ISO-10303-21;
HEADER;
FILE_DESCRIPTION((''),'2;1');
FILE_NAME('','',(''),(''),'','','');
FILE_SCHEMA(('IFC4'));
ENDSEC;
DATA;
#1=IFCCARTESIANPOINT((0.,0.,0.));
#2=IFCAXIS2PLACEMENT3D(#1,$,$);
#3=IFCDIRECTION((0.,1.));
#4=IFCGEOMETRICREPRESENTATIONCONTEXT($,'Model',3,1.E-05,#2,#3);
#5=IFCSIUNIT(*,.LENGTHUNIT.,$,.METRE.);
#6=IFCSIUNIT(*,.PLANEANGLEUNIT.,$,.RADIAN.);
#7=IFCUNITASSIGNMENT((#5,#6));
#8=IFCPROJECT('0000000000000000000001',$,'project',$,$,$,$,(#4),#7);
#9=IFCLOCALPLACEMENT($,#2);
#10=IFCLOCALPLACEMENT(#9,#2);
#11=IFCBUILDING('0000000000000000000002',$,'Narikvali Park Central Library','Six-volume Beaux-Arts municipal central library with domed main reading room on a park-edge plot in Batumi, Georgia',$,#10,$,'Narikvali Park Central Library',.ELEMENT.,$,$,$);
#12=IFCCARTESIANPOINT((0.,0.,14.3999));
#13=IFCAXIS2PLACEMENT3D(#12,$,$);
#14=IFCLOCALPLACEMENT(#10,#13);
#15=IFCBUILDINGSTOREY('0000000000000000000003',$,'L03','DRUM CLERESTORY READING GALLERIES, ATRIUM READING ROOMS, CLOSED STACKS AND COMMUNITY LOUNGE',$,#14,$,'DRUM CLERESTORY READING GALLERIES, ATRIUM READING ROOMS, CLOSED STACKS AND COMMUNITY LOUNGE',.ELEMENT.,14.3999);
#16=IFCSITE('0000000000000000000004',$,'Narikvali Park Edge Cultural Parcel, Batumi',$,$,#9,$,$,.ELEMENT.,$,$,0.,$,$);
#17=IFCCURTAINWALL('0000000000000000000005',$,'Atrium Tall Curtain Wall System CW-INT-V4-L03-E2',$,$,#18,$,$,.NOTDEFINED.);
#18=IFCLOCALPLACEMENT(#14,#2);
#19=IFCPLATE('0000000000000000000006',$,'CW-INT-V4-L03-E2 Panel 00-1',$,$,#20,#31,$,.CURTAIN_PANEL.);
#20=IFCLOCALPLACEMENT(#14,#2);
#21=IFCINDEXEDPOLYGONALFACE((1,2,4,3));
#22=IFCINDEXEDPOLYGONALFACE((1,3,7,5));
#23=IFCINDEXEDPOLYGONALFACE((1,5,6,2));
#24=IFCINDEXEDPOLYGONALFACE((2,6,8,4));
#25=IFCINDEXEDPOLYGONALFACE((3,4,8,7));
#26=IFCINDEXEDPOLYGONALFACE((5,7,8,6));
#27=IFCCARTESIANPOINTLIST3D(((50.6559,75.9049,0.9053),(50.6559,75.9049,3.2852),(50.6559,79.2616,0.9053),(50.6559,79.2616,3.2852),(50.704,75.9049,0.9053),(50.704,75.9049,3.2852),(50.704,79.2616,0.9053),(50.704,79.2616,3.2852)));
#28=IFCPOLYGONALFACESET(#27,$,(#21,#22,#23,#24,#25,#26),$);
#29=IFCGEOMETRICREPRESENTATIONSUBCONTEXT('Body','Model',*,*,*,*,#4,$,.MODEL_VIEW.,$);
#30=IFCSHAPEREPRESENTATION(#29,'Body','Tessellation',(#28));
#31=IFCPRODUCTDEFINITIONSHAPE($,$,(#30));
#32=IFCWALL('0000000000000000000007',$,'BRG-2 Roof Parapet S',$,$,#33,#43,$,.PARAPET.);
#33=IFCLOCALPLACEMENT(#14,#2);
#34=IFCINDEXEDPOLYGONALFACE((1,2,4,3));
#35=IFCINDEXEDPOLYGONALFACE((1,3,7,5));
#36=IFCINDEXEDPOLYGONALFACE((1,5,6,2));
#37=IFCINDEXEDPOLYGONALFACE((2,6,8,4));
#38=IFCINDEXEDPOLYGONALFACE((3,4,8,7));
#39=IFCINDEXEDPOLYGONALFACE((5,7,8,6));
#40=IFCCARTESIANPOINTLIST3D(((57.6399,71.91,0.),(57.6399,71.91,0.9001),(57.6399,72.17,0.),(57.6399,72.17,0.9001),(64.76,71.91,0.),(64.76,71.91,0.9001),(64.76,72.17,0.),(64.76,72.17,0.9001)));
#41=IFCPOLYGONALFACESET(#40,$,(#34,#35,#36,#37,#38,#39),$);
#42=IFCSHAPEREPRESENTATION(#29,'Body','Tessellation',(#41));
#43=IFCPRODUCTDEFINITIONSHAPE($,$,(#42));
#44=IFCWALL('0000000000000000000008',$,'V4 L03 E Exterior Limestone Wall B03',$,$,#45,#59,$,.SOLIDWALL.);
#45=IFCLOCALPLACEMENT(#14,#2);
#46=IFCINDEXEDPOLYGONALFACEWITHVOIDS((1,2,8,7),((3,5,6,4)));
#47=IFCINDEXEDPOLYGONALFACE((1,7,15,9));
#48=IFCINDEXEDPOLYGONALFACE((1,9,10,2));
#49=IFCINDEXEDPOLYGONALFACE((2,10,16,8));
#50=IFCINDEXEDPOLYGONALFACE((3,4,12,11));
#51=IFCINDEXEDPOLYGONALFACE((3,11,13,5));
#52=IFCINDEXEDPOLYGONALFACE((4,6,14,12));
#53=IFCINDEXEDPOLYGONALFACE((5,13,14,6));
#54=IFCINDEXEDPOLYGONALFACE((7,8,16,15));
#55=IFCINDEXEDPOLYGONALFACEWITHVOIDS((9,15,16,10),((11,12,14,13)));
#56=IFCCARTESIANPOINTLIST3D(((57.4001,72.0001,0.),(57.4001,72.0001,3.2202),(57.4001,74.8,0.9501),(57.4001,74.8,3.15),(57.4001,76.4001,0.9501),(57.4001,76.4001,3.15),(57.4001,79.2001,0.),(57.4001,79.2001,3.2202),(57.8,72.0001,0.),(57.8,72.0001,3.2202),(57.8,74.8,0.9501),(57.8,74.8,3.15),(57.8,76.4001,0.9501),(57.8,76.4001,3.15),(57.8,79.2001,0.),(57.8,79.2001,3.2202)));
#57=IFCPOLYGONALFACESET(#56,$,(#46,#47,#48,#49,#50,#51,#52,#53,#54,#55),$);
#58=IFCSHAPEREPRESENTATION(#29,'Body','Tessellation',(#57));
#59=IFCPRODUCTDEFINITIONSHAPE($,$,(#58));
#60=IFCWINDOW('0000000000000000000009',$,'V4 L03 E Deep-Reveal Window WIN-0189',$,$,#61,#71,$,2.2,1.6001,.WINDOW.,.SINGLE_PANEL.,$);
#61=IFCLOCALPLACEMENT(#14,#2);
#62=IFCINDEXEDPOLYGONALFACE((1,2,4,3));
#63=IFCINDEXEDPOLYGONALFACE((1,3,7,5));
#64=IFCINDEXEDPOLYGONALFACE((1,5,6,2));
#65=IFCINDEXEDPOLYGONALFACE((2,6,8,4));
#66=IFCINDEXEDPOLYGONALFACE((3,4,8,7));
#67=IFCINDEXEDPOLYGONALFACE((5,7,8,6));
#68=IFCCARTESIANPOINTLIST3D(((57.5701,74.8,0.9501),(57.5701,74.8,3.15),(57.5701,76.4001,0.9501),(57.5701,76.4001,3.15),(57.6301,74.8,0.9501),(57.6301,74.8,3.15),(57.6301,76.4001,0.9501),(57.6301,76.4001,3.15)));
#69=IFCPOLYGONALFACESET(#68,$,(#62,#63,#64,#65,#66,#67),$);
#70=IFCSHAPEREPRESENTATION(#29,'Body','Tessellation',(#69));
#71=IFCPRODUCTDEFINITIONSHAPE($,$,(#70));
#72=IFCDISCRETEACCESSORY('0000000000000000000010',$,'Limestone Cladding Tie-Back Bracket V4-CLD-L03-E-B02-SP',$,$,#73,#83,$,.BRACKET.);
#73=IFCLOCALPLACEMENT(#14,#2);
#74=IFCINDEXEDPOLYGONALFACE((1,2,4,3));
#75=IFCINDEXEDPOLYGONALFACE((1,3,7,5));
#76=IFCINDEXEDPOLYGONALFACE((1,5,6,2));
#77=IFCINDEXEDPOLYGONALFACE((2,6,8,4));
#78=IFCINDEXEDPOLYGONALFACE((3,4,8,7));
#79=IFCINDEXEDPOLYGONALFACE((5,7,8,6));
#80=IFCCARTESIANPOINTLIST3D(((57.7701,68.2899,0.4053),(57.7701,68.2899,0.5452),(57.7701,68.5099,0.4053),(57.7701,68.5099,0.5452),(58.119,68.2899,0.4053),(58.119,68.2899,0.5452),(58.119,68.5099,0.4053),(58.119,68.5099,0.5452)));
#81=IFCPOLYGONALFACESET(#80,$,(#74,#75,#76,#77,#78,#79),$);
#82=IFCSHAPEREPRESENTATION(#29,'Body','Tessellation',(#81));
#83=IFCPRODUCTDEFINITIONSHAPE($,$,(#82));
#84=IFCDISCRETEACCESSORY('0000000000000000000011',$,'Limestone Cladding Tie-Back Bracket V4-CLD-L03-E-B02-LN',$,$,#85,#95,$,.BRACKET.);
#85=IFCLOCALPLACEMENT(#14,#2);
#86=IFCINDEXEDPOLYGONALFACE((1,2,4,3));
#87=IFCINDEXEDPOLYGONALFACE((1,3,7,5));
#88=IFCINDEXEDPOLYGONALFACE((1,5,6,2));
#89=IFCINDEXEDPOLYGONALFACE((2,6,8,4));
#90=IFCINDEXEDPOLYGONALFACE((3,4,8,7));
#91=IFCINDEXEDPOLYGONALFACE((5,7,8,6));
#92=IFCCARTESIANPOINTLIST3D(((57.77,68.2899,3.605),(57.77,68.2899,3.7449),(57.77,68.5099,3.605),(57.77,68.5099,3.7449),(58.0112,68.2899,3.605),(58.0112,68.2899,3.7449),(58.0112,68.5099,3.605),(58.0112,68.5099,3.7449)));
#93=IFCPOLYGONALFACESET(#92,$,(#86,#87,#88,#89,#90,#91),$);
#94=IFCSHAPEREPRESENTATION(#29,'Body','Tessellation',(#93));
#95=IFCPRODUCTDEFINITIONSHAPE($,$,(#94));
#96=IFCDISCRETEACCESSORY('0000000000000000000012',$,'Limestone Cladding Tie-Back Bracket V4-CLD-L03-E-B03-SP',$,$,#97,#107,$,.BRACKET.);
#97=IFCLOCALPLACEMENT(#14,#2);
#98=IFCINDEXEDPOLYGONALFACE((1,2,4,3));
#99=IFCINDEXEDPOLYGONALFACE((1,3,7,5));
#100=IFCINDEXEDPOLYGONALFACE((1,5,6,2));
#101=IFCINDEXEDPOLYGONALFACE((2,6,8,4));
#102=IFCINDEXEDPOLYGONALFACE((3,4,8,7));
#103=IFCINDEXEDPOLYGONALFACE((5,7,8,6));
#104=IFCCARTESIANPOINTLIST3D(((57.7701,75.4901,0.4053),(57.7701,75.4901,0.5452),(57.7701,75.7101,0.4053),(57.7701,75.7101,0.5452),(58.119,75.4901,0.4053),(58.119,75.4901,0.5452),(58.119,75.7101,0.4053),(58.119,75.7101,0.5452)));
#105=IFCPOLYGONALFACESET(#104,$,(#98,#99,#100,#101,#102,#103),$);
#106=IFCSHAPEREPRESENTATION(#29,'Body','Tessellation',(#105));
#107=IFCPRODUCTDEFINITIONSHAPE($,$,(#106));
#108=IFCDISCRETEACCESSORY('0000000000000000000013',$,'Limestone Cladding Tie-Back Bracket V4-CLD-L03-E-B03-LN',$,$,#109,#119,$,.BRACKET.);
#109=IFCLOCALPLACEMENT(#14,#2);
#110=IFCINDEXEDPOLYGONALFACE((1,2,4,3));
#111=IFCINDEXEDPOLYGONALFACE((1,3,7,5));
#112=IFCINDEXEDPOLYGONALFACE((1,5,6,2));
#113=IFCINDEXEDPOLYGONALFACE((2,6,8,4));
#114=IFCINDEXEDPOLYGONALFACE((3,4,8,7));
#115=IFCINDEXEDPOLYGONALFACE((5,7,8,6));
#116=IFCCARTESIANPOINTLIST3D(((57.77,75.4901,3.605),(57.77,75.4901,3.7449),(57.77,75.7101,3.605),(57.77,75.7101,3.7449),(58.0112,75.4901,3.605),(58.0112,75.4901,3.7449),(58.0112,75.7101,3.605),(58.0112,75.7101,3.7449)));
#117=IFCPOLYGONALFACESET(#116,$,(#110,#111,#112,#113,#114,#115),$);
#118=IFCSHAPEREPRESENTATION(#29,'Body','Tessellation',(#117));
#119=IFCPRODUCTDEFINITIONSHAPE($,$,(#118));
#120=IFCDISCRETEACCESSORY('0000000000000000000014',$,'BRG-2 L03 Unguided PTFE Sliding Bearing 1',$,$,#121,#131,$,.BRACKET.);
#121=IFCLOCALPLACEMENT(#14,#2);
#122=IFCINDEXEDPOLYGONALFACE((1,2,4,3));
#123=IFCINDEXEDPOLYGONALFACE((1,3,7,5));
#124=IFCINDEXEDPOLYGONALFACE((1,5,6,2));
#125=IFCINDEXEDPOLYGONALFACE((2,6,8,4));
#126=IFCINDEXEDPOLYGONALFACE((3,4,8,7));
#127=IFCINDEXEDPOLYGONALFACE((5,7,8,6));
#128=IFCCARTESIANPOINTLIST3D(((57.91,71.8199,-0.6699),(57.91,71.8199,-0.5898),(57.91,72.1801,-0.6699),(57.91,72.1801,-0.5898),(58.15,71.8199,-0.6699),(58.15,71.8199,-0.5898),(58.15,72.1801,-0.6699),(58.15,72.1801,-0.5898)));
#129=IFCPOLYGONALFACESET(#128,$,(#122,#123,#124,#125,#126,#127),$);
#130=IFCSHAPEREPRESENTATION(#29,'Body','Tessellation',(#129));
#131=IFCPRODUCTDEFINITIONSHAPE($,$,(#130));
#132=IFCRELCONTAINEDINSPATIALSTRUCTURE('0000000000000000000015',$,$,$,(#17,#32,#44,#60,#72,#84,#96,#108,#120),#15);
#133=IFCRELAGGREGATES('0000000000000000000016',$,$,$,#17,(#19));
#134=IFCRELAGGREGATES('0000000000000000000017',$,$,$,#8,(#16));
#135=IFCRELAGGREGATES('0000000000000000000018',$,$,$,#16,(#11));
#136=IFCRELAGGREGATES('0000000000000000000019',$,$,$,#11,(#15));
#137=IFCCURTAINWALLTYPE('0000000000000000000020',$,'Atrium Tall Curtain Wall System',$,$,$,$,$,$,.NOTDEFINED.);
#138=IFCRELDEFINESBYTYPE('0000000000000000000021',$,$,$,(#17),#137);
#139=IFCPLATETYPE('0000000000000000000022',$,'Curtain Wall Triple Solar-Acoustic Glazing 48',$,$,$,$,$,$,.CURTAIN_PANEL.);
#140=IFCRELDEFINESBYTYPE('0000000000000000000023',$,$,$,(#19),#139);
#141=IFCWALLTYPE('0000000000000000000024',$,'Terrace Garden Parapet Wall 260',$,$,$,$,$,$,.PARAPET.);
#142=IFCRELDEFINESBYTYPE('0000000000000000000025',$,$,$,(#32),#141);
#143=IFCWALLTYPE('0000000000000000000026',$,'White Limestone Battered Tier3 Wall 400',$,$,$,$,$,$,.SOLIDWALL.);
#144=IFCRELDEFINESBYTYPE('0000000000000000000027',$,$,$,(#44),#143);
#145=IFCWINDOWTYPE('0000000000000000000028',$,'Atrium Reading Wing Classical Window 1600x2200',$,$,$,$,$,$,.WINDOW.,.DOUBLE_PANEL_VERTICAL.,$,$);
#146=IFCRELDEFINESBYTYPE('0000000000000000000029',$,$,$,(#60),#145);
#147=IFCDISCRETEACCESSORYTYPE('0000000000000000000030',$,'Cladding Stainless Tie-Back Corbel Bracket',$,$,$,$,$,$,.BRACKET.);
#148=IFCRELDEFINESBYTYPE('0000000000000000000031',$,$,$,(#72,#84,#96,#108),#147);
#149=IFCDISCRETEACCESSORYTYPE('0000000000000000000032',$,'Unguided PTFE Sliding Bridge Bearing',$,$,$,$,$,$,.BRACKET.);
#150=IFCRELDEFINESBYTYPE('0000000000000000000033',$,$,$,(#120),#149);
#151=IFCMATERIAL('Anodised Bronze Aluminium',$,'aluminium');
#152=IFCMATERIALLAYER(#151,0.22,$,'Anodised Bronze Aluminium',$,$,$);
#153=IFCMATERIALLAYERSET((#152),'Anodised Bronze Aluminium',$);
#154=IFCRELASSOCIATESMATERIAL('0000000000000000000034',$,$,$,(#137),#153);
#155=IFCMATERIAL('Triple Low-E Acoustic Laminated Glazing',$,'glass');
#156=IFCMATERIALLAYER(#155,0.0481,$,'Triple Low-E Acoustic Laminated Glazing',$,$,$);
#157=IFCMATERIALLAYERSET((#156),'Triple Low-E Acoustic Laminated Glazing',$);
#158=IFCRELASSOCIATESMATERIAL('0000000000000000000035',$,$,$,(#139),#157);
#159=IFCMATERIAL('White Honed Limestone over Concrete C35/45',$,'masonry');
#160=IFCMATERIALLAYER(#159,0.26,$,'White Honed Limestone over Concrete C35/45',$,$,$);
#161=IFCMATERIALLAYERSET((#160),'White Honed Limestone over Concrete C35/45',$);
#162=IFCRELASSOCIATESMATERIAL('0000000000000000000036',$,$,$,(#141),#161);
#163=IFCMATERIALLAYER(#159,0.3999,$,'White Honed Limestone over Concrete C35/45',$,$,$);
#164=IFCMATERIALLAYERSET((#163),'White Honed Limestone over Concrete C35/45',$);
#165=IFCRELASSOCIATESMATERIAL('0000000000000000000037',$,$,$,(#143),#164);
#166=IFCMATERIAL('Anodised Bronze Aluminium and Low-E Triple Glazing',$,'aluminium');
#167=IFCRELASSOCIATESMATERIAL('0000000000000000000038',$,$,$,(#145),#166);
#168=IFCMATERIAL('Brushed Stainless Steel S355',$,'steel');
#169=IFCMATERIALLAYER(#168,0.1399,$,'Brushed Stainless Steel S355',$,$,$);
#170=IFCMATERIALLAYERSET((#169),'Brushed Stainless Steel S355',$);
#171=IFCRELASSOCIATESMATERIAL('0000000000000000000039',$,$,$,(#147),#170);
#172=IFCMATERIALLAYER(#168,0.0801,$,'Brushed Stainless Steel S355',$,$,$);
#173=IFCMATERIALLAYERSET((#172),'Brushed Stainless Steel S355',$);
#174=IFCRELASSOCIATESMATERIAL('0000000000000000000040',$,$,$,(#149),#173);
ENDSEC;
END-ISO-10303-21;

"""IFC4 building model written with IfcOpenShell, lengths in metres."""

from ifc_helpers import new_model, si_unit, direction, frame, frame_2d, origin, origin_2d, place, context, subcontext, project, spatial, rectangle, extrude, material, layer, layer_set, type_object, element, fill, aggregate, save


model = new_model("IFC4")

# Units and contexts
model_context = context("Model", 3, precision=1e-05, world=origin(), true_north=direction((0.0, 1.0)))
body_context = subcontext(model_context, "Body", "Model", "MODEL_VIEW")
ifc_project = project(units=[si_unit("LENGTHUNIT", "METRE"), si_unit("PLANEANGLEUNIT", "RADIAN")], contexts=[model_context])

# Site, building, storey
site_placement = place(None, origin())
site = spatial("IfcSite", under=ifc_project, at=site_placement, Name="Narikvali Park Edge Cultural Parcel, Batumi", CompositionType="ELEMENT", RefElevation=0.0)
building_placement = place(site_placement, origin())
building = spatial("IfcBuilding", under=site, at=building_placement, Name="Narikvali Park Central Library", Description="Six-volume Beaux-Arts municipal central library with domed main reading room on a park-edge plot in Batumi, Georgia", LongName="Narikvali Park Central Library", CompositionType="ELEMENT")
storey_placement = place(building_placement, frame((0.0, 0.0, 14.3999)))
storey = spatial("IfcBuildingStorey", under=building, at=storey_placement, Name="L03", Description="DRUM CLERESTORY READING GALLERIES, ATRIUM READING ROOMS, CLOSED STACKS AND COMMUNITY LOUNGE", LongName="DRUM CLERESTORY READING GALLERIES, ATRIUM READING ROOMS, CLOSED STACKS AND COMMUNITY LOUNGE", CompositionType="ELEMENT", Elevation=14.3999)

# Curtain wall
ifc_material_1 = material(Name="Anodised Bronze Aluminium", Category="aluminium")
ifc_layer_1 = layer(ifc_material_1, 0.22, Name="Anodised Bronze Aluminium")
ifc_layer_set_1 = layer_set([ifc_layer_1], Name="Anodised Bronze Aluminium")
curtain_wall_type = type_object("IfcCurtainWallType", Name="Atrium Tall Curtain Wall System", PredefinedType="NOTDEFINED", material=ifc_layer_set_1)
curtain_wall_1_placement = place(storey_placement, origin())
curtain_wall_1 = element("IfcCurtainWall", 1, at=curtain_wall_1_placement, inside=storey, type_object=curtain_wall_type, Name="Atrium Tall Curtain Wall System CW-INT-V4-L03-E2", PredefinedType="NOTDEFINED")

# Plate
ifc_material_2 = material(Name="Triple Low-E Acoustic Laminated Glazing", Category="glass")
ifc_layer_2 = layer(ifc_material_2, 0.0481, Name="Triple Low-E Acoustic Laminated Glazing")
ifc_layer_set_2 = layer_set([ifc_layer_2], Name="Triple Low-E Acoustic Laminated Glazing")
plate_type_1 = type_object("IfcPlateType", Name="Curtain Wall Triple Solar-Acoustic Glazing 48", PredefinedType="CURTAIN_PANEL", material=ifc_layer_set_2)
plate_1_placement = place(storey_placement, frame((50.6799, 77.5833, 0.9053), z_axis=(0.0, 0.0, 1.0), x_axis=(0.0, 1.0, 0.0)))
plate_1 = element("IfcPlate", 2, at=plate_1_placement, type_object=plate_type_1, Name="CW-INT-V4-L03-E2 Panel 00-1", PredefinedType="CURTAIN_PANEL", context=body_context, shape_type="SweptSolid", body=[
    extrude(rectangle(XDim=3.3567, YDim=0.0481, at=origin_2d()), origin(), (0.0, 0.0, 1.0), 2.3799),
])
aggregate(curtain_wall_1, [plate_1])

# Wall
ifc_material_3 = material(Name="White Honed Limestone over Concrete C35/45", Category="masonry")
ifc_layer_3 = layer(ifc_material_3, 0.26, Name="White Honed Limestone over Concrete C35/45")
ifc_layer_set_3 = layer_set([ifc_layer_3], Name="White Honed Limestone over Concrete C35/45")
wall_type_1 = type_object("IfcWallType", Name="Terrace Garden Parapet Wall 260", PredefinedType="PARAPET", material=ifc_layer_set_3)
wall_1_placement = place(storey_placement, frame((57.6399, 72.04, 0.0), z_axis=(0.0, 0.0, 1.0), x_axis=(1.0, 0.0, 0.0)))
element("IfcWall", 3, at=wall_1_placement, inside=storey, type_object=wall_type_1, Name="BRG-2 Roof Parapet S", PredefinedType="PARAPET", context=body_context, shape_type="SweptSolid", body=[
    extrude(rectangle(XDim=7.1201, YDim=0.26, at=frame_2d((3.5601, 0.0))), origin(), (0.0, 0.0, 1.0), 0.9001),
])

# Wall, opening, window
ifc_layer_4 = layer(ifc_material_3, 0.3999, Name="White Honed Limestone over Concrete C35/45")
ifc_layer_set_4 = layer_set([ifc_layer_4], Name="White Honed Limestone over Concrete C35/45")
wall_type_2 = type_object("IfcWallType", Name="White Limestone Battered Tier3 Wall 400", PredefinedType="SOLIDWALL", material=ifc_layer_set_4)
wall_2_placement = place(storey_placement, frame((57.6001, 72.0, 0.0), z_axis=(0.0, 0.0, 1.0), x_axis=(0.0, 1.0, 0.0)))
wall_2 = element("IfcWall", 4, at=wall_2_placement, inside=storey, type_object=wall_type_2, Name="V4 L03 E Exterior Limestone Wall B03", PredefinedType="SOLIDWALL", context=body_context, shape_type="SweptSolid", body=[
    extrude(rectangle(XDim=7.2, YDim=0.3999, at=frame_2d((3.6001, 0.0))), origin(), (0.0, 0.0, 1.0), 3.2202),
])
opening_placement = place(wall_2_placement, frame((2.8, 0.0, 0.95)))
opening = element("IfcOpeningElement", 5, at=opening_placement, cuts=wall_2, PredefinedType="OPENING", context=body_context, shape_type="SweptSolid", body=[
    extrude(rectangle(XDim=1.6001, YDim=2.2, at=frame_2d((0.8, 1.1001))), frame((0.0, 0.2119, 0.0), z_axis=(0.0, -1.0, 0.0), x_axis=(1.0, 0.0, 0.0)), (0.0, 0.0, 1.0), 0.4238),
])
ifc_material_4 = material(Name="Anodised Bronze Aluminium and Low-E Triple Glazing", Category="aluminium")
window_type = type_object("IfcWindowType", Name="Atrium Reading Wing Classical Window 1600x2200", PartitioningType="DOUBLE_PANEL_VERTICAL", PredefinedType="WINDOW", material=ifc_material_4)
window_placement = place(opening_placement, origin())
window = element("IfcWindow", 6, at=window_placement, inside=storey, type_object=window_type, Name="V4 L03 E Deep-Reveal Window WIN-0189", OverallHeight=2.2, OverallWidth=1.6001, PartitioningType="SINGLE_PANEL", PredefinedType="WINDOW", context=body_context, shape_type="SweptSolid", body=[
    extrude(rectangle(XDim=1.6001, YDim=2.2, at=frame_2d((0.8, 1.1001))), frame((0.0, 0.03, 0.0), z_axis=(0.0, -1.0, 0.0), x_axis=(1.0, 0.0, 0.0)), (0.0, 0.0, 1.0), 0.0601),
])
fill(opening, window)

# Discrete accessories
ifc_material_5 = material(Name="Brushed Stainless Steel S355", Category="steel")
ifc_layer_5 = layer(ifc_material_5, 0.1399, Name="Brushed Stainless Steel S355")
ifc_layer_set_5 = layer_set([ifc_layer_5], Name="Brushed Stainless Steel S355")
discrete_accessory_type_1 = type_object("IfcDiscreteAccessoryType", Name="Cladding Stainless Tie-Back Corbel Bracket", PredefinedType="BRACKET", material=ifc_layer_set_5)
discrete_accessory_1_placement = place(storey_placement, frame((57.9446, 68.3999, 0.4053), z_axis=(0.0, 0.0, 1.0), x_axis=(1.0, 0.0, 0.0)))
element("IfcDiscreteAccessory", 7, at=discrete_accessory_1_placement, inside=storey, type_object=discrete_accessory_type_1, Name="Limestone Cladding Tie-Back Bracket V4-CLD-L03-E-B02-SP", PredefinedType="BRACKET", context=body_context, shape_type="SweptSolid", body=[
    extrude(rectangle(XDim=0.3489, YDim=0.22, at=origin_2d()), origin(), (0.0, 0.0, 1.0), 0.1399),
])
discrete_accessory_2_placement = place(storey_placement, frame((57.8906, 68.3999, 3.605), z_axis=(0.0, 0.0, 1.0), x_axis=(1.0, 0.0, 0.0)))
element("IfcDiscreteAccessory", 8, at=discrete_accessory_2_placement, inside=storey, type_object=discrete_accessory_type_1, Name="Limestone Cladding Tie-Back Bracket V4-CLD-L03-E-B02-LN", PredefinedType="BRACKET", context=body_context, shape_type="SweptSolid", body=[
    extrude(rectangle(XDim=0.2412, YDim=0.22, at=origin_2d()), origin(), (0.0, 0.0, 1.0), 0.1399),
])
discrete_accessory_3_placement = place(storey_placement, frame((57.9446, 75.6001, 0.4053), z_axis=(0.0, 0.0, 1.0), x_axis=(1.0, 0.0, 0.0)))
element("IfcDiscreteAccessory", 9, at=discrete_accessory_3_placement, inside=storey, type_object=discrete_accessory_type_1, Name="Limestone Cladding Tie-Back Bracket V4-CLD-L03-E-B03-SP", PredefinedType="BRACKET", context=body_context, shape_type="SweptSolid", body=[
    extrude(rectangle(XDim=0.3489, YDim=0.22, at=origin_2d()), origin(), (0.0, 0.0, 1.0), 0.1399),
])
discrete_accessory_4_placement = place(storey_placement, frame((57.8906, 75.6001, 3.605), z_axis=(0.0, 0.0, 1.0), x_axis=(1.0, 0.0, 0.0)))
element("IfcDiscreteAccessory", 10, at=discrete_accessory_4_placement, inside=storey, type_object=discrete_accessory_type_1, Name="Limestone Cladding Tie-Back Bracket V4-CLD-L03-E-B03-LN", PredefinedType="BRACKET", context=body_context, shape_type="SweptSolid", body=[
    extrude(rectangle(XDim=0.2412, YDim=0.22, at=origin_2d()), origin(), (0.0, 0.0, 1.0), 0.1399),
])
ifc_layer_6 = layer(ifc_material_5, 0.0801, Name="Brushed Stainless Steel S355")
ifc_layer_set_6 = layer_set([ifc_layer_6], Name="Brushed Stainless Steel S355")
discrete_accessory_type_2 = type_object("IfcDiscreteAccessoryType", Name="Unguided PTFE Sliding Bridge Bearing", PredefinedType="BRACKET", material=ifc_layer_set_6)
discrete_accessory_5_placement = place(storey_placement, frame((58.03, 72.0, -0.6699), z_axis=(0.0, 0.0, 1.0), x_axis=(1.0, 0.0, 0.0)))
element("IfcDiscreteAccessory", 11, at=discrete_accessory_5_placement, inside=storey, type_object=discrete_accessory_type_2, Name="BRG-2 L03 Unguided PTFE Sliding Bearing 1", PredefinedType="BRACKET", context=body_context, shape_type="SweptSolid", body=[
    extrude(rectangle(XDim=0.24, YDim=0.3601, at=origin_2d()), origin(), (0.0, 0.0, 1.0), 0.0801),
])

save(model, "model.ifc")
